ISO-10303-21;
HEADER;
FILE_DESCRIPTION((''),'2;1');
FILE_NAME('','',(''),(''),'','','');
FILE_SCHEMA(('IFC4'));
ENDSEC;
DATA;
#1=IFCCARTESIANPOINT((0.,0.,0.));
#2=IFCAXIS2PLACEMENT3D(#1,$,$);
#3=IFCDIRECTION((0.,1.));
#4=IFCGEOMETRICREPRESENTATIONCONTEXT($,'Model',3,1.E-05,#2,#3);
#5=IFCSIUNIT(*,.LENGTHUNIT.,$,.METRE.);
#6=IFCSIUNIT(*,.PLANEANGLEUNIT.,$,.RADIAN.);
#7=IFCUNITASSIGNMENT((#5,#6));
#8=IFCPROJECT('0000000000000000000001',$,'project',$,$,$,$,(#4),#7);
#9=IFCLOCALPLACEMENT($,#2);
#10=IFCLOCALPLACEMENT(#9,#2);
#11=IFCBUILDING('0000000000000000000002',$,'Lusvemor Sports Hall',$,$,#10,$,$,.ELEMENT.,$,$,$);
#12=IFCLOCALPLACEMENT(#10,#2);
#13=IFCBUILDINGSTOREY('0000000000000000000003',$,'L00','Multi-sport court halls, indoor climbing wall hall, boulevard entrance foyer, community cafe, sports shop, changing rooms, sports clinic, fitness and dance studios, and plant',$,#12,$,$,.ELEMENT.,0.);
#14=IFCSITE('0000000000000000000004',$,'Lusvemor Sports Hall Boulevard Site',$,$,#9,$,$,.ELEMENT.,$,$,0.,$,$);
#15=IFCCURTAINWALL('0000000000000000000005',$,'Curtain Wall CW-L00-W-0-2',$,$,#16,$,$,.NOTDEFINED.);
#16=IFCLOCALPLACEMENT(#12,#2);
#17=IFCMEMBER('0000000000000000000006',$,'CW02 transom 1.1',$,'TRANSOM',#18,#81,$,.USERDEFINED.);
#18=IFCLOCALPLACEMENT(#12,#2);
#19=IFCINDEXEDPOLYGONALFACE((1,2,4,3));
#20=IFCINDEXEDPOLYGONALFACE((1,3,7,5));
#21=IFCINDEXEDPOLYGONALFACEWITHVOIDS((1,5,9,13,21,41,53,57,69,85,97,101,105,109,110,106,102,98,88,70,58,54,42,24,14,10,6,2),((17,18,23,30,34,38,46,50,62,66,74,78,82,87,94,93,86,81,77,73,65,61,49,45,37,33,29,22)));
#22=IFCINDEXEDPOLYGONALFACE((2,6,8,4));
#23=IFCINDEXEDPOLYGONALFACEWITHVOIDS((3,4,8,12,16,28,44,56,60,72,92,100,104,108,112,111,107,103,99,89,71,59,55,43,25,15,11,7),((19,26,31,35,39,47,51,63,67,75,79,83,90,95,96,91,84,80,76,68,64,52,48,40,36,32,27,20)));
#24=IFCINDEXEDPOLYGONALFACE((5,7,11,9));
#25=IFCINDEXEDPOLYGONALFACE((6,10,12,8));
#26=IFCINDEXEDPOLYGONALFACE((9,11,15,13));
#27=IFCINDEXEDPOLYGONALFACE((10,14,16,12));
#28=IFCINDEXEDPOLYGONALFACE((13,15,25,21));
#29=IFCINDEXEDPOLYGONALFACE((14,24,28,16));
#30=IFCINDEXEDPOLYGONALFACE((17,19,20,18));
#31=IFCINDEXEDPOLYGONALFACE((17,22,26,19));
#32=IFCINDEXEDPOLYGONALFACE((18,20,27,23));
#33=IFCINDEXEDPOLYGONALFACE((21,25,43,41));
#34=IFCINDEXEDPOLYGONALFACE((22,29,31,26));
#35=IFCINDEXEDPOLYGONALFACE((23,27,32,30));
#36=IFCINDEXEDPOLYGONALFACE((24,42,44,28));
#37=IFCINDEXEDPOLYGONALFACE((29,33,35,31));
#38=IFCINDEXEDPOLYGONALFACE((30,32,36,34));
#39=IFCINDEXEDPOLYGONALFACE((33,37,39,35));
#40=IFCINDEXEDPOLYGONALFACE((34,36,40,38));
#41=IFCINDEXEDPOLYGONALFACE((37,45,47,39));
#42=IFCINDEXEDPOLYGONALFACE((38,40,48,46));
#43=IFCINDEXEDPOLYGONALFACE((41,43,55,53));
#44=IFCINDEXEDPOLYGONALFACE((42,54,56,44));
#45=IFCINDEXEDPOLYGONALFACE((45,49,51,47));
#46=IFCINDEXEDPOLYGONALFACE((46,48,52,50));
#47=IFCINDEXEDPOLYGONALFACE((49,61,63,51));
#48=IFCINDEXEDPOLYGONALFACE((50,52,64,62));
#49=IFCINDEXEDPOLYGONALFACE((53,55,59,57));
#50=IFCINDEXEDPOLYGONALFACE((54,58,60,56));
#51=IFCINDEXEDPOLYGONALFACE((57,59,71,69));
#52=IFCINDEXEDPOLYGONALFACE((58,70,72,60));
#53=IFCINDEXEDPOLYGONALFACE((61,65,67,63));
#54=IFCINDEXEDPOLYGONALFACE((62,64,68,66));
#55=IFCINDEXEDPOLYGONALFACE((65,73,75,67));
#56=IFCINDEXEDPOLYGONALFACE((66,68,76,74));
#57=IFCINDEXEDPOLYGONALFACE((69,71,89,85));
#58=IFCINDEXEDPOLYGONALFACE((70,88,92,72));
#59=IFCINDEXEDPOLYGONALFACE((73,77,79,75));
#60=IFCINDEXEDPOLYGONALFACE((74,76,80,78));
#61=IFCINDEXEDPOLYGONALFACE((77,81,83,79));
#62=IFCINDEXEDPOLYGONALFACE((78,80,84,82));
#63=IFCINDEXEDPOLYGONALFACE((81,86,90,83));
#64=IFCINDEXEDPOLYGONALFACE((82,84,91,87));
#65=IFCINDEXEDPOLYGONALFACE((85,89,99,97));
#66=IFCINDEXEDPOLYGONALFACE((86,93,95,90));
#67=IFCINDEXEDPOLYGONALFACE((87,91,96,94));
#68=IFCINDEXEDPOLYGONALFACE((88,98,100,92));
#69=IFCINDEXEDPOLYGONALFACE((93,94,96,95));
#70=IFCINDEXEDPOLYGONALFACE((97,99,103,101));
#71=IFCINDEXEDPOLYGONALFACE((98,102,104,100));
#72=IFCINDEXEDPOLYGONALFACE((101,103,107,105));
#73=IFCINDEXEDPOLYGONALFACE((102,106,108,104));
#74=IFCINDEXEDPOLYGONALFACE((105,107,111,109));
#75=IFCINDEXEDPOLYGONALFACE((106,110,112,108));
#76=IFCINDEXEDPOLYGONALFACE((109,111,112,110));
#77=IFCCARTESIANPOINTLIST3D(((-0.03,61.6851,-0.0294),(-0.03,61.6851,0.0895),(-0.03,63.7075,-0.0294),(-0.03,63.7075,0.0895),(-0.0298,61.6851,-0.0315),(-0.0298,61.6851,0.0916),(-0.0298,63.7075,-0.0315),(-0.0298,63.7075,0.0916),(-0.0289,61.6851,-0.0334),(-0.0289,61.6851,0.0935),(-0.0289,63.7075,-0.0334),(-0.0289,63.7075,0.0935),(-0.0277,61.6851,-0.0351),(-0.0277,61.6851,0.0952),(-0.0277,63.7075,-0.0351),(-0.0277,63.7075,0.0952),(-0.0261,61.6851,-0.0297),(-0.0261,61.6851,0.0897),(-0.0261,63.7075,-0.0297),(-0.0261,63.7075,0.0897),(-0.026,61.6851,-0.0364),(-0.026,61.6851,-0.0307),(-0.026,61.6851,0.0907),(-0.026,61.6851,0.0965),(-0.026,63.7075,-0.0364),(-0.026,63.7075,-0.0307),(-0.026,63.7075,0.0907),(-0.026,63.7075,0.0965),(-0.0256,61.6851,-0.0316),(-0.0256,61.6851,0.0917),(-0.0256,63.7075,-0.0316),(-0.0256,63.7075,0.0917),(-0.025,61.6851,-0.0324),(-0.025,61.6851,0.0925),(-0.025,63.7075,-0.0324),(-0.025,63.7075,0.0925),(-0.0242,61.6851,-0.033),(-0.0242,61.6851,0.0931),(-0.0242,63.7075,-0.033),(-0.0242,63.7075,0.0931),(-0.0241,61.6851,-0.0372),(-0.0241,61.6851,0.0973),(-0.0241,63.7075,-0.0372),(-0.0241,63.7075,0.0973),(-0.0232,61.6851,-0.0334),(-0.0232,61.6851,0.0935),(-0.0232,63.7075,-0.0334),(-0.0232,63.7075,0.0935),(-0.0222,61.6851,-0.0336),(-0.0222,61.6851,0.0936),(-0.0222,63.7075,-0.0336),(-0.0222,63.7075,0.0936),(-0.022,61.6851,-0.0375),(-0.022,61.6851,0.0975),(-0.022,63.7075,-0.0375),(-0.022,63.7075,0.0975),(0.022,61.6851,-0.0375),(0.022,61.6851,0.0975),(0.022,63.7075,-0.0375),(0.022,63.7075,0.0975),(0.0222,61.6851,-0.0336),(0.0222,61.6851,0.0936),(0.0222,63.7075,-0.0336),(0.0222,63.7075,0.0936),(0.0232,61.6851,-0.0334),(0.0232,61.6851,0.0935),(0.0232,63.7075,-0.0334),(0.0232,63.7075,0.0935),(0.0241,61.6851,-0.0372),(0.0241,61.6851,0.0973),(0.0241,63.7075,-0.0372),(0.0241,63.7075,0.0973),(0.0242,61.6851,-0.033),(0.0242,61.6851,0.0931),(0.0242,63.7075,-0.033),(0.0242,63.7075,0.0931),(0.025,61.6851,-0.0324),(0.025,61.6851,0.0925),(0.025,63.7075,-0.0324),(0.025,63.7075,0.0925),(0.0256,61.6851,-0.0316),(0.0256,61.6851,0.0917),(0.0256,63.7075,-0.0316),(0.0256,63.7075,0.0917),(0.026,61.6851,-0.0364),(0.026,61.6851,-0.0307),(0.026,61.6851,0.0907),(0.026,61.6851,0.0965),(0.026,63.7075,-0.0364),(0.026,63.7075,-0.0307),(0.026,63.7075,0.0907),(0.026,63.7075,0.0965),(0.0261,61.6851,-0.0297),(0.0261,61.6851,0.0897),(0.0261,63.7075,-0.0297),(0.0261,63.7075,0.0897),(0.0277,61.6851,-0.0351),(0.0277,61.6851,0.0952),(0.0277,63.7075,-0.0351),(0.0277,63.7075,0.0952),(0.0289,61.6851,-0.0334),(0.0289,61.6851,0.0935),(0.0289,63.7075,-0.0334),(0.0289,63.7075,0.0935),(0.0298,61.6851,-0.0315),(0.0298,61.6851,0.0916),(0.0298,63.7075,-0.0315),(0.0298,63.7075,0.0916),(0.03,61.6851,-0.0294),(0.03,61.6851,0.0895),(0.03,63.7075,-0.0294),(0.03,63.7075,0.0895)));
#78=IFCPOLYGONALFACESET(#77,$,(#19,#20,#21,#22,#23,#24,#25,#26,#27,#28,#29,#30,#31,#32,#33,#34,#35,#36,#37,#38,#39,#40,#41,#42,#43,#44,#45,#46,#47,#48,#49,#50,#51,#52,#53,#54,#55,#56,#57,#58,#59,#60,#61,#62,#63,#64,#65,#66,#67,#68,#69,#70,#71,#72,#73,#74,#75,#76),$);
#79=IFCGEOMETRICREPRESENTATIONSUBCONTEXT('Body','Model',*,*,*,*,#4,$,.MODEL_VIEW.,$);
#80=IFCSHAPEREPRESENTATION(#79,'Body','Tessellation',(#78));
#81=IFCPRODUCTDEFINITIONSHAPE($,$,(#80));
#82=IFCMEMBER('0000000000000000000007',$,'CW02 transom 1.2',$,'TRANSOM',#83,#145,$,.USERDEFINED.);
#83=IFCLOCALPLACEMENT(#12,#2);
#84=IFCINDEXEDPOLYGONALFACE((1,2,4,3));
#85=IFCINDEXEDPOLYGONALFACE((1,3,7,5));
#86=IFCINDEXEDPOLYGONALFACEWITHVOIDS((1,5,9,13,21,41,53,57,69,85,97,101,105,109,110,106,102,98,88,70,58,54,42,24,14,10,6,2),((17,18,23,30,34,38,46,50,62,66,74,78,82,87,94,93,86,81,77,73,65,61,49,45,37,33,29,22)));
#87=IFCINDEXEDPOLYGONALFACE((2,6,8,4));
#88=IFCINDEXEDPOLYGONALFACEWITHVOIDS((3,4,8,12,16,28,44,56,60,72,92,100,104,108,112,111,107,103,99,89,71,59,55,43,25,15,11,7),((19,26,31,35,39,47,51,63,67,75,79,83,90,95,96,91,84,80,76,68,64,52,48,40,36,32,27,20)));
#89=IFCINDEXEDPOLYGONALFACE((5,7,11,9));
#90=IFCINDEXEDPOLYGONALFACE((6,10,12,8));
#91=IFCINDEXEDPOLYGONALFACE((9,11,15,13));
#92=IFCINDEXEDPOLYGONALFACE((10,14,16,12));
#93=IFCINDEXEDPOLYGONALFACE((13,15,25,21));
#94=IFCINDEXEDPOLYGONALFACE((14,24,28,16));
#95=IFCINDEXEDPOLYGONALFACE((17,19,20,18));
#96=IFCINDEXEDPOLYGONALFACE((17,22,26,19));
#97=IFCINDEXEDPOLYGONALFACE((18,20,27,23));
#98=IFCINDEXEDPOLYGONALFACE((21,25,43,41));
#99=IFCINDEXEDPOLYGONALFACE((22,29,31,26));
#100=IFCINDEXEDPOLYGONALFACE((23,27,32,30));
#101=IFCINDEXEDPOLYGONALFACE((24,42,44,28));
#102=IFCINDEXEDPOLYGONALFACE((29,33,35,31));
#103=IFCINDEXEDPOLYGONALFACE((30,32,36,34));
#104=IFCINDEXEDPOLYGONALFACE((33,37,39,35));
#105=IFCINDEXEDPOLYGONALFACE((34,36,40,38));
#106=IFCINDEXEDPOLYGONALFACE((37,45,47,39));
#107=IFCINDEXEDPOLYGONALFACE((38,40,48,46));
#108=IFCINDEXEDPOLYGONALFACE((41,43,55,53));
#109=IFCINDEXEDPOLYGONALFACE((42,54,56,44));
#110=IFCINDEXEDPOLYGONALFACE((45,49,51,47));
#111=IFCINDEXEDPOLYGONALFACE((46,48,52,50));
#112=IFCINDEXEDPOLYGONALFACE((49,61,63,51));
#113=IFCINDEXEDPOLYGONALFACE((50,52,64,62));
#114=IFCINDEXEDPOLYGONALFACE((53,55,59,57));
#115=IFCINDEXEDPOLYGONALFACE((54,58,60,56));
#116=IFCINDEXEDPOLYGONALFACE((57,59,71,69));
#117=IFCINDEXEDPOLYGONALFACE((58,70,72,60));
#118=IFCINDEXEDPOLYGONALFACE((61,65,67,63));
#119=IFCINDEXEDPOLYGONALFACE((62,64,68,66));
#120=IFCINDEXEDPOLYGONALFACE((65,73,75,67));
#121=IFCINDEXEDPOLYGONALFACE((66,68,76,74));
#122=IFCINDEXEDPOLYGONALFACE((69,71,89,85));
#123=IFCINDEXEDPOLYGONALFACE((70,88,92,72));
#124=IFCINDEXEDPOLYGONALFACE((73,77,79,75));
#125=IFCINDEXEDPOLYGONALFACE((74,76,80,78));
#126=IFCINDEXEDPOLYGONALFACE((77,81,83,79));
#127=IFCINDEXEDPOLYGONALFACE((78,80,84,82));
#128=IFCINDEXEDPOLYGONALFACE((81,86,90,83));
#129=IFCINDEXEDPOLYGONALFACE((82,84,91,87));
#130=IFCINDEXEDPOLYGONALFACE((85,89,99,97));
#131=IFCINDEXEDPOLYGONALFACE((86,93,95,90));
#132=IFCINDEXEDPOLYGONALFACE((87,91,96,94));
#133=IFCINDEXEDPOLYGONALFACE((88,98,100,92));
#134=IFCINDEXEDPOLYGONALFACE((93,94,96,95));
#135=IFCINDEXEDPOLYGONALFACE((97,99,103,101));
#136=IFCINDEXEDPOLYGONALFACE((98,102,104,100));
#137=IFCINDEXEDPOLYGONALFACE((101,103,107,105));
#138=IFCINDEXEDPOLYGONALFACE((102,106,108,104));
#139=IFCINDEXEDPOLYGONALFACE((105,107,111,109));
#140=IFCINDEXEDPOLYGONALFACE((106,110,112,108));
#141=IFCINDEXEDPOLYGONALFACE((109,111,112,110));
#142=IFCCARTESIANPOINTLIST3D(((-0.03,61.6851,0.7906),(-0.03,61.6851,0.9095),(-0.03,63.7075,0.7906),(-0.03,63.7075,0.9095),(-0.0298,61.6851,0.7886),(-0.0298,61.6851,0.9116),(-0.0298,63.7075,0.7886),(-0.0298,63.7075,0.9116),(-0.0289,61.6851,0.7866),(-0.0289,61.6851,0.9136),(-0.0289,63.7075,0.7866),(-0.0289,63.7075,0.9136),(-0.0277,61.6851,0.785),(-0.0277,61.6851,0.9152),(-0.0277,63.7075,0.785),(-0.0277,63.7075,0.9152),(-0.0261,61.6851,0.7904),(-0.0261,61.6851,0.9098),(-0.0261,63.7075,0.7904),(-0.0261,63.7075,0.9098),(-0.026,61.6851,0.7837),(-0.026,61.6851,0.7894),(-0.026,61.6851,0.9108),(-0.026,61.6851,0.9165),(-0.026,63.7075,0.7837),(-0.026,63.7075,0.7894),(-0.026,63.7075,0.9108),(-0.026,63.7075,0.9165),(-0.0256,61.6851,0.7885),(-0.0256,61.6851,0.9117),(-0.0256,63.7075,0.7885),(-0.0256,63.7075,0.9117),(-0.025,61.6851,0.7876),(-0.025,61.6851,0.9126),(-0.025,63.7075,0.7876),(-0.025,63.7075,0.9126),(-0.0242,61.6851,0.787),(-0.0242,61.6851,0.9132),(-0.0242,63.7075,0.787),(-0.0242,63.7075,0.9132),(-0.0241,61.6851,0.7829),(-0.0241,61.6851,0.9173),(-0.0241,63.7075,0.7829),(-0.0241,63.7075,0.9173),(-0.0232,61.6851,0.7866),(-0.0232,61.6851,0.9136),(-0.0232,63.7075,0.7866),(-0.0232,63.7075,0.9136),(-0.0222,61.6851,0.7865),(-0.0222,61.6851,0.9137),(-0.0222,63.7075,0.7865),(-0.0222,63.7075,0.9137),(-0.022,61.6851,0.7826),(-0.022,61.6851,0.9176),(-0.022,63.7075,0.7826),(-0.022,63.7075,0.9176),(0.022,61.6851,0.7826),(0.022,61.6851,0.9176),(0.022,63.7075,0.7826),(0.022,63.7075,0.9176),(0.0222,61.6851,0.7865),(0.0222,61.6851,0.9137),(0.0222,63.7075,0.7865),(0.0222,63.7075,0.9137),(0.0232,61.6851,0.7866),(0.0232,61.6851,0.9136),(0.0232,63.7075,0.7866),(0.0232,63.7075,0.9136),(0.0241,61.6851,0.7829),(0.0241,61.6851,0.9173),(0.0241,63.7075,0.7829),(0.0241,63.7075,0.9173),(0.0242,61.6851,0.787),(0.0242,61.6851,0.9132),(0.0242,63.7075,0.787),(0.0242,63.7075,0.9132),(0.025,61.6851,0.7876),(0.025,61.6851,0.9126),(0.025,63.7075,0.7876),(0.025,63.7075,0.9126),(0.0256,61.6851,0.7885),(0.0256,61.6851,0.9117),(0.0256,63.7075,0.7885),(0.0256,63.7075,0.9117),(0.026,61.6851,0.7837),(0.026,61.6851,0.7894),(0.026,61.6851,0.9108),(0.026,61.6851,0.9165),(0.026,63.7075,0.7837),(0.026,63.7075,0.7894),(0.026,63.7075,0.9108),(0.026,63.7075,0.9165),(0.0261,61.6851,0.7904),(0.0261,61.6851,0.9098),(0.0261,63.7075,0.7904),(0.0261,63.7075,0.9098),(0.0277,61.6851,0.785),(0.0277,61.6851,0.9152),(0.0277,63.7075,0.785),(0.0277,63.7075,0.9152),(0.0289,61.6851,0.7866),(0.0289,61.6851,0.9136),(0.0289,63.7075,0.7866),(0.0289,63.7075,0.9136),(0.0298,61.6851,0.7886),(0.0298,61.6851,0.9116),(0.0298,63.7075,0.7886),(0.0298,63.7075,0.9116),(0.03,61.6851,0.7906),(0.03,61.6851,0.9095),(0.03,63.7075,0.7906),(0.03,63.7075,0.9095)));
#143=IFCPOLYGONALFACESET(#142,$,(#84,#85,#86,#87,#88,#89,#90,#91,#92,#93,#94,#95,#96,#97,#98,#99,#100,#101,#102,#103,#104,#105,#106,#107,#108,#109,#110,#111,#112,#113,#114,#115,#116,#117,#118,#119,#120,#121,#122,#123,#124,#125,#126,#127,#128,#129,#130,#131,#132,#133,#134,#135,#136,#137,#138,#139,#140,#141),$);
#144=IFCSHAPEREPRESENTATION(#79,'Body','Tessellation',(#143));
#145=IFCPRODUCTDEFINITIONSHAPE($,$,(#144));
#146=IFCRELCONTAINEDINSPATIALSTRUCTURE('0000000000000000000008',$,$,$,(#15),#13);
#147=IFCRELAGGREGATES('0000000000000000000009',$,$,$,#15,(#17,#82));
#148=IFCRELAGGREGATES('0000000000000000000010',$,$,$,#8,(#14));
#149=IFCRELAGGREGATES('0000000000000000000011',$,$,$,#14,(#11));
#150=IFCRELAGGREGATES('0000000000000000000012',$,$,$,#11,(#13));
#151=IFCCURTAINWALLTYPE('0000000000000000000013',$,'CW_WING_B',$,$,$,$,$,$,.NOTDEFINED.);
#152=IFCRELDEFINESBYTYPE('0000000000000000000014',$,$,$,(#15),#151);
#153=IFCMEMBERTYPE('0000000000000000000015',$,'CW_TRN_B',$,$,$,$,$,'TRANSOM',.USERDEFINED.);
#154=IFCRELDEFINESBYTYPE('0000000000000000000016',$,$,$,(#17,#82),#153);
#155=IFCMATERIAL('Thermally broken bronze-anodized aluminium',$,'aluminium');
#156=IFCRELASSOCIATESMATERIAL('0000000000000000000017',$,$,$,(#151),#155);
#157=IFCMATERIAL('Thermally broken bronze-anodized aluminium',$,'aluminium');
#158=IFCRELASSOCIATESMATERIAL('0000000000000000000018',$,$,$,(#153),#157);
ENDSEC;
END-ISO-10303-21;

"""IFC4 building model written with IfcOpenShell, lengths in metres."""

from ifc_helpers import new_model, si_unit, direction, frame, origin, origin_2d, place, context, subcontext, project, spatial, hollow_rectangle, extrude, material, material_profile, profile_set, type_object, element, aggregate, save


model = new_model("IFC4")

# Units and contexts
model_context = context("Model", 3, precision=1e-05, world=origin(), true_north=direction((0.0, 1.0)))
body_context = subcontext(model_context, "Body", "Model", "MODEL_VIEW")
ifc_project = project(units=[si_unit("LENGTHUNIT", "METRE"), si_unit("PLANEANGLEUNIT", "RADIAN")], contexts=[model_context])

# Site, building, storey
site_placement = place(None, origin())
site = spatial("IfcSite", under=ifc_project, at=site_placement, Name="Lusvemor Sports Hall Boulevard Site", CompositionType="ELEMENT", RefElevation=0.0)
building_placement = place(site_placement, origin())
building = spatial("IfcBuilding", under=site, at=building_placement, Name="Lusvemor Sports Hall", CompositionType="ELEMENT")
storey_placement = place(building_placement, origin())
storey = spatial("IfcBuildingStorey", under=building, at=storey_placement, Name="L00", Description="Multi-sport court halls, indoor climbing wall hall, boulevard entrance foyer, community cafe, sports shop, changing rooms, sports clinic, fitness and dance studios, and plant", CompositionType="ELEMENT", Elevation=0.0)

# Shared definitions
ifc_material_1 = material(Name="Thermally broken bronze-anodized aluminium", Category="aluminium")
curtain_wall_type = type_object("IfcCurtainWallType", Name="CW_WING_B", PredefinedType="NOTDEFINED", material=ifc_material_1)

# Curtain wall, members
curtain_wall_1_placement = place(storey_placement, origin())
curtain_wall_1 = element("IfcCurtainWall", 1, at=curtain_wall_1_placement, inside=storey, type_object=curtain_wall_type, Name="Curtain Wall CW-L00-W-0-2", PredefinedType="NOTDEFINED")
ifc_material_2 = material(Name="Thermally broken bronze-anodized aluminium", Category="aluminium")
ifc_material_profile_1 = material_profile(ifc_material_2, hollow_rectangle(XDim=0.0601, YDim=0.135, WallThickness=0.0039, InnerFilletRadius=0.0039, OuterFilletRadius=0.0081, at=origin_2d()), Name="CWTRN135x60x4")
ifc_profile_set_1 = profile_set([ifc_material_profile_1], Name="Thermally broken bronze-anodized aluminium")
member_type_1 = type_object("IfcMemberType", Name="CW_TRN_B", ElementType="TRANSOM", PredefinedType="USERDEFINED", material=ifc_profile_set_1)
member_1_placement = place(storey_placement, frame((0.0, 61.6851, 0.03), z_axis=(0.0, 1.0, 0.0), x_axis=(-1.0, 0.0, 0.0)))
member_1 = element("IfcMember", 2, at=member_1_placement, type_object=member_type_1, Name="CW02 transom 1.1", ObjectType="TRANSOM", PredefinedType="USERDEFINED", context=body_context, shape_type="SweptSolid", body=[
    extrude(hollow_rectangle(XDim=0.0601, YDim=0.135, WallThickness=0.0039, InnerFilletRadius=0.0039, OuterFilletRadius=0.0081, at=origin_2d()), origin(), (0.0, 0.0, 1.0), 2.0225),
])
member_2_placement = place(storey_placement, frame((0.0, 61.6851, 0.8501), z_axis=(0.0, 1.0, 0.0), x_axis=(-1.0, 0.0, 0.0)))
member_2 = element("IfcMember", 3, at=member_2_placement, type_object=member_type_1, Name="CW02 transom 1.2", ObjectType="TRANSOM", PredefinedType="USERDEFINED", context=body_context, shape_type="SweptSolid", body=[
    extrude(hollow_rectangle(XDim=0.0601, YDim=0.135, WallThickness=0.0039, InnerFilletRadius=0.0039, OuterFilletRadius=0.0081, at=origin_2d()), origin(), (0.0, 0.0, 1.0), 2.0225),
])
aggregate(curtain_wall_1, [member_1, member_2])

save(model, "model.ifc")
